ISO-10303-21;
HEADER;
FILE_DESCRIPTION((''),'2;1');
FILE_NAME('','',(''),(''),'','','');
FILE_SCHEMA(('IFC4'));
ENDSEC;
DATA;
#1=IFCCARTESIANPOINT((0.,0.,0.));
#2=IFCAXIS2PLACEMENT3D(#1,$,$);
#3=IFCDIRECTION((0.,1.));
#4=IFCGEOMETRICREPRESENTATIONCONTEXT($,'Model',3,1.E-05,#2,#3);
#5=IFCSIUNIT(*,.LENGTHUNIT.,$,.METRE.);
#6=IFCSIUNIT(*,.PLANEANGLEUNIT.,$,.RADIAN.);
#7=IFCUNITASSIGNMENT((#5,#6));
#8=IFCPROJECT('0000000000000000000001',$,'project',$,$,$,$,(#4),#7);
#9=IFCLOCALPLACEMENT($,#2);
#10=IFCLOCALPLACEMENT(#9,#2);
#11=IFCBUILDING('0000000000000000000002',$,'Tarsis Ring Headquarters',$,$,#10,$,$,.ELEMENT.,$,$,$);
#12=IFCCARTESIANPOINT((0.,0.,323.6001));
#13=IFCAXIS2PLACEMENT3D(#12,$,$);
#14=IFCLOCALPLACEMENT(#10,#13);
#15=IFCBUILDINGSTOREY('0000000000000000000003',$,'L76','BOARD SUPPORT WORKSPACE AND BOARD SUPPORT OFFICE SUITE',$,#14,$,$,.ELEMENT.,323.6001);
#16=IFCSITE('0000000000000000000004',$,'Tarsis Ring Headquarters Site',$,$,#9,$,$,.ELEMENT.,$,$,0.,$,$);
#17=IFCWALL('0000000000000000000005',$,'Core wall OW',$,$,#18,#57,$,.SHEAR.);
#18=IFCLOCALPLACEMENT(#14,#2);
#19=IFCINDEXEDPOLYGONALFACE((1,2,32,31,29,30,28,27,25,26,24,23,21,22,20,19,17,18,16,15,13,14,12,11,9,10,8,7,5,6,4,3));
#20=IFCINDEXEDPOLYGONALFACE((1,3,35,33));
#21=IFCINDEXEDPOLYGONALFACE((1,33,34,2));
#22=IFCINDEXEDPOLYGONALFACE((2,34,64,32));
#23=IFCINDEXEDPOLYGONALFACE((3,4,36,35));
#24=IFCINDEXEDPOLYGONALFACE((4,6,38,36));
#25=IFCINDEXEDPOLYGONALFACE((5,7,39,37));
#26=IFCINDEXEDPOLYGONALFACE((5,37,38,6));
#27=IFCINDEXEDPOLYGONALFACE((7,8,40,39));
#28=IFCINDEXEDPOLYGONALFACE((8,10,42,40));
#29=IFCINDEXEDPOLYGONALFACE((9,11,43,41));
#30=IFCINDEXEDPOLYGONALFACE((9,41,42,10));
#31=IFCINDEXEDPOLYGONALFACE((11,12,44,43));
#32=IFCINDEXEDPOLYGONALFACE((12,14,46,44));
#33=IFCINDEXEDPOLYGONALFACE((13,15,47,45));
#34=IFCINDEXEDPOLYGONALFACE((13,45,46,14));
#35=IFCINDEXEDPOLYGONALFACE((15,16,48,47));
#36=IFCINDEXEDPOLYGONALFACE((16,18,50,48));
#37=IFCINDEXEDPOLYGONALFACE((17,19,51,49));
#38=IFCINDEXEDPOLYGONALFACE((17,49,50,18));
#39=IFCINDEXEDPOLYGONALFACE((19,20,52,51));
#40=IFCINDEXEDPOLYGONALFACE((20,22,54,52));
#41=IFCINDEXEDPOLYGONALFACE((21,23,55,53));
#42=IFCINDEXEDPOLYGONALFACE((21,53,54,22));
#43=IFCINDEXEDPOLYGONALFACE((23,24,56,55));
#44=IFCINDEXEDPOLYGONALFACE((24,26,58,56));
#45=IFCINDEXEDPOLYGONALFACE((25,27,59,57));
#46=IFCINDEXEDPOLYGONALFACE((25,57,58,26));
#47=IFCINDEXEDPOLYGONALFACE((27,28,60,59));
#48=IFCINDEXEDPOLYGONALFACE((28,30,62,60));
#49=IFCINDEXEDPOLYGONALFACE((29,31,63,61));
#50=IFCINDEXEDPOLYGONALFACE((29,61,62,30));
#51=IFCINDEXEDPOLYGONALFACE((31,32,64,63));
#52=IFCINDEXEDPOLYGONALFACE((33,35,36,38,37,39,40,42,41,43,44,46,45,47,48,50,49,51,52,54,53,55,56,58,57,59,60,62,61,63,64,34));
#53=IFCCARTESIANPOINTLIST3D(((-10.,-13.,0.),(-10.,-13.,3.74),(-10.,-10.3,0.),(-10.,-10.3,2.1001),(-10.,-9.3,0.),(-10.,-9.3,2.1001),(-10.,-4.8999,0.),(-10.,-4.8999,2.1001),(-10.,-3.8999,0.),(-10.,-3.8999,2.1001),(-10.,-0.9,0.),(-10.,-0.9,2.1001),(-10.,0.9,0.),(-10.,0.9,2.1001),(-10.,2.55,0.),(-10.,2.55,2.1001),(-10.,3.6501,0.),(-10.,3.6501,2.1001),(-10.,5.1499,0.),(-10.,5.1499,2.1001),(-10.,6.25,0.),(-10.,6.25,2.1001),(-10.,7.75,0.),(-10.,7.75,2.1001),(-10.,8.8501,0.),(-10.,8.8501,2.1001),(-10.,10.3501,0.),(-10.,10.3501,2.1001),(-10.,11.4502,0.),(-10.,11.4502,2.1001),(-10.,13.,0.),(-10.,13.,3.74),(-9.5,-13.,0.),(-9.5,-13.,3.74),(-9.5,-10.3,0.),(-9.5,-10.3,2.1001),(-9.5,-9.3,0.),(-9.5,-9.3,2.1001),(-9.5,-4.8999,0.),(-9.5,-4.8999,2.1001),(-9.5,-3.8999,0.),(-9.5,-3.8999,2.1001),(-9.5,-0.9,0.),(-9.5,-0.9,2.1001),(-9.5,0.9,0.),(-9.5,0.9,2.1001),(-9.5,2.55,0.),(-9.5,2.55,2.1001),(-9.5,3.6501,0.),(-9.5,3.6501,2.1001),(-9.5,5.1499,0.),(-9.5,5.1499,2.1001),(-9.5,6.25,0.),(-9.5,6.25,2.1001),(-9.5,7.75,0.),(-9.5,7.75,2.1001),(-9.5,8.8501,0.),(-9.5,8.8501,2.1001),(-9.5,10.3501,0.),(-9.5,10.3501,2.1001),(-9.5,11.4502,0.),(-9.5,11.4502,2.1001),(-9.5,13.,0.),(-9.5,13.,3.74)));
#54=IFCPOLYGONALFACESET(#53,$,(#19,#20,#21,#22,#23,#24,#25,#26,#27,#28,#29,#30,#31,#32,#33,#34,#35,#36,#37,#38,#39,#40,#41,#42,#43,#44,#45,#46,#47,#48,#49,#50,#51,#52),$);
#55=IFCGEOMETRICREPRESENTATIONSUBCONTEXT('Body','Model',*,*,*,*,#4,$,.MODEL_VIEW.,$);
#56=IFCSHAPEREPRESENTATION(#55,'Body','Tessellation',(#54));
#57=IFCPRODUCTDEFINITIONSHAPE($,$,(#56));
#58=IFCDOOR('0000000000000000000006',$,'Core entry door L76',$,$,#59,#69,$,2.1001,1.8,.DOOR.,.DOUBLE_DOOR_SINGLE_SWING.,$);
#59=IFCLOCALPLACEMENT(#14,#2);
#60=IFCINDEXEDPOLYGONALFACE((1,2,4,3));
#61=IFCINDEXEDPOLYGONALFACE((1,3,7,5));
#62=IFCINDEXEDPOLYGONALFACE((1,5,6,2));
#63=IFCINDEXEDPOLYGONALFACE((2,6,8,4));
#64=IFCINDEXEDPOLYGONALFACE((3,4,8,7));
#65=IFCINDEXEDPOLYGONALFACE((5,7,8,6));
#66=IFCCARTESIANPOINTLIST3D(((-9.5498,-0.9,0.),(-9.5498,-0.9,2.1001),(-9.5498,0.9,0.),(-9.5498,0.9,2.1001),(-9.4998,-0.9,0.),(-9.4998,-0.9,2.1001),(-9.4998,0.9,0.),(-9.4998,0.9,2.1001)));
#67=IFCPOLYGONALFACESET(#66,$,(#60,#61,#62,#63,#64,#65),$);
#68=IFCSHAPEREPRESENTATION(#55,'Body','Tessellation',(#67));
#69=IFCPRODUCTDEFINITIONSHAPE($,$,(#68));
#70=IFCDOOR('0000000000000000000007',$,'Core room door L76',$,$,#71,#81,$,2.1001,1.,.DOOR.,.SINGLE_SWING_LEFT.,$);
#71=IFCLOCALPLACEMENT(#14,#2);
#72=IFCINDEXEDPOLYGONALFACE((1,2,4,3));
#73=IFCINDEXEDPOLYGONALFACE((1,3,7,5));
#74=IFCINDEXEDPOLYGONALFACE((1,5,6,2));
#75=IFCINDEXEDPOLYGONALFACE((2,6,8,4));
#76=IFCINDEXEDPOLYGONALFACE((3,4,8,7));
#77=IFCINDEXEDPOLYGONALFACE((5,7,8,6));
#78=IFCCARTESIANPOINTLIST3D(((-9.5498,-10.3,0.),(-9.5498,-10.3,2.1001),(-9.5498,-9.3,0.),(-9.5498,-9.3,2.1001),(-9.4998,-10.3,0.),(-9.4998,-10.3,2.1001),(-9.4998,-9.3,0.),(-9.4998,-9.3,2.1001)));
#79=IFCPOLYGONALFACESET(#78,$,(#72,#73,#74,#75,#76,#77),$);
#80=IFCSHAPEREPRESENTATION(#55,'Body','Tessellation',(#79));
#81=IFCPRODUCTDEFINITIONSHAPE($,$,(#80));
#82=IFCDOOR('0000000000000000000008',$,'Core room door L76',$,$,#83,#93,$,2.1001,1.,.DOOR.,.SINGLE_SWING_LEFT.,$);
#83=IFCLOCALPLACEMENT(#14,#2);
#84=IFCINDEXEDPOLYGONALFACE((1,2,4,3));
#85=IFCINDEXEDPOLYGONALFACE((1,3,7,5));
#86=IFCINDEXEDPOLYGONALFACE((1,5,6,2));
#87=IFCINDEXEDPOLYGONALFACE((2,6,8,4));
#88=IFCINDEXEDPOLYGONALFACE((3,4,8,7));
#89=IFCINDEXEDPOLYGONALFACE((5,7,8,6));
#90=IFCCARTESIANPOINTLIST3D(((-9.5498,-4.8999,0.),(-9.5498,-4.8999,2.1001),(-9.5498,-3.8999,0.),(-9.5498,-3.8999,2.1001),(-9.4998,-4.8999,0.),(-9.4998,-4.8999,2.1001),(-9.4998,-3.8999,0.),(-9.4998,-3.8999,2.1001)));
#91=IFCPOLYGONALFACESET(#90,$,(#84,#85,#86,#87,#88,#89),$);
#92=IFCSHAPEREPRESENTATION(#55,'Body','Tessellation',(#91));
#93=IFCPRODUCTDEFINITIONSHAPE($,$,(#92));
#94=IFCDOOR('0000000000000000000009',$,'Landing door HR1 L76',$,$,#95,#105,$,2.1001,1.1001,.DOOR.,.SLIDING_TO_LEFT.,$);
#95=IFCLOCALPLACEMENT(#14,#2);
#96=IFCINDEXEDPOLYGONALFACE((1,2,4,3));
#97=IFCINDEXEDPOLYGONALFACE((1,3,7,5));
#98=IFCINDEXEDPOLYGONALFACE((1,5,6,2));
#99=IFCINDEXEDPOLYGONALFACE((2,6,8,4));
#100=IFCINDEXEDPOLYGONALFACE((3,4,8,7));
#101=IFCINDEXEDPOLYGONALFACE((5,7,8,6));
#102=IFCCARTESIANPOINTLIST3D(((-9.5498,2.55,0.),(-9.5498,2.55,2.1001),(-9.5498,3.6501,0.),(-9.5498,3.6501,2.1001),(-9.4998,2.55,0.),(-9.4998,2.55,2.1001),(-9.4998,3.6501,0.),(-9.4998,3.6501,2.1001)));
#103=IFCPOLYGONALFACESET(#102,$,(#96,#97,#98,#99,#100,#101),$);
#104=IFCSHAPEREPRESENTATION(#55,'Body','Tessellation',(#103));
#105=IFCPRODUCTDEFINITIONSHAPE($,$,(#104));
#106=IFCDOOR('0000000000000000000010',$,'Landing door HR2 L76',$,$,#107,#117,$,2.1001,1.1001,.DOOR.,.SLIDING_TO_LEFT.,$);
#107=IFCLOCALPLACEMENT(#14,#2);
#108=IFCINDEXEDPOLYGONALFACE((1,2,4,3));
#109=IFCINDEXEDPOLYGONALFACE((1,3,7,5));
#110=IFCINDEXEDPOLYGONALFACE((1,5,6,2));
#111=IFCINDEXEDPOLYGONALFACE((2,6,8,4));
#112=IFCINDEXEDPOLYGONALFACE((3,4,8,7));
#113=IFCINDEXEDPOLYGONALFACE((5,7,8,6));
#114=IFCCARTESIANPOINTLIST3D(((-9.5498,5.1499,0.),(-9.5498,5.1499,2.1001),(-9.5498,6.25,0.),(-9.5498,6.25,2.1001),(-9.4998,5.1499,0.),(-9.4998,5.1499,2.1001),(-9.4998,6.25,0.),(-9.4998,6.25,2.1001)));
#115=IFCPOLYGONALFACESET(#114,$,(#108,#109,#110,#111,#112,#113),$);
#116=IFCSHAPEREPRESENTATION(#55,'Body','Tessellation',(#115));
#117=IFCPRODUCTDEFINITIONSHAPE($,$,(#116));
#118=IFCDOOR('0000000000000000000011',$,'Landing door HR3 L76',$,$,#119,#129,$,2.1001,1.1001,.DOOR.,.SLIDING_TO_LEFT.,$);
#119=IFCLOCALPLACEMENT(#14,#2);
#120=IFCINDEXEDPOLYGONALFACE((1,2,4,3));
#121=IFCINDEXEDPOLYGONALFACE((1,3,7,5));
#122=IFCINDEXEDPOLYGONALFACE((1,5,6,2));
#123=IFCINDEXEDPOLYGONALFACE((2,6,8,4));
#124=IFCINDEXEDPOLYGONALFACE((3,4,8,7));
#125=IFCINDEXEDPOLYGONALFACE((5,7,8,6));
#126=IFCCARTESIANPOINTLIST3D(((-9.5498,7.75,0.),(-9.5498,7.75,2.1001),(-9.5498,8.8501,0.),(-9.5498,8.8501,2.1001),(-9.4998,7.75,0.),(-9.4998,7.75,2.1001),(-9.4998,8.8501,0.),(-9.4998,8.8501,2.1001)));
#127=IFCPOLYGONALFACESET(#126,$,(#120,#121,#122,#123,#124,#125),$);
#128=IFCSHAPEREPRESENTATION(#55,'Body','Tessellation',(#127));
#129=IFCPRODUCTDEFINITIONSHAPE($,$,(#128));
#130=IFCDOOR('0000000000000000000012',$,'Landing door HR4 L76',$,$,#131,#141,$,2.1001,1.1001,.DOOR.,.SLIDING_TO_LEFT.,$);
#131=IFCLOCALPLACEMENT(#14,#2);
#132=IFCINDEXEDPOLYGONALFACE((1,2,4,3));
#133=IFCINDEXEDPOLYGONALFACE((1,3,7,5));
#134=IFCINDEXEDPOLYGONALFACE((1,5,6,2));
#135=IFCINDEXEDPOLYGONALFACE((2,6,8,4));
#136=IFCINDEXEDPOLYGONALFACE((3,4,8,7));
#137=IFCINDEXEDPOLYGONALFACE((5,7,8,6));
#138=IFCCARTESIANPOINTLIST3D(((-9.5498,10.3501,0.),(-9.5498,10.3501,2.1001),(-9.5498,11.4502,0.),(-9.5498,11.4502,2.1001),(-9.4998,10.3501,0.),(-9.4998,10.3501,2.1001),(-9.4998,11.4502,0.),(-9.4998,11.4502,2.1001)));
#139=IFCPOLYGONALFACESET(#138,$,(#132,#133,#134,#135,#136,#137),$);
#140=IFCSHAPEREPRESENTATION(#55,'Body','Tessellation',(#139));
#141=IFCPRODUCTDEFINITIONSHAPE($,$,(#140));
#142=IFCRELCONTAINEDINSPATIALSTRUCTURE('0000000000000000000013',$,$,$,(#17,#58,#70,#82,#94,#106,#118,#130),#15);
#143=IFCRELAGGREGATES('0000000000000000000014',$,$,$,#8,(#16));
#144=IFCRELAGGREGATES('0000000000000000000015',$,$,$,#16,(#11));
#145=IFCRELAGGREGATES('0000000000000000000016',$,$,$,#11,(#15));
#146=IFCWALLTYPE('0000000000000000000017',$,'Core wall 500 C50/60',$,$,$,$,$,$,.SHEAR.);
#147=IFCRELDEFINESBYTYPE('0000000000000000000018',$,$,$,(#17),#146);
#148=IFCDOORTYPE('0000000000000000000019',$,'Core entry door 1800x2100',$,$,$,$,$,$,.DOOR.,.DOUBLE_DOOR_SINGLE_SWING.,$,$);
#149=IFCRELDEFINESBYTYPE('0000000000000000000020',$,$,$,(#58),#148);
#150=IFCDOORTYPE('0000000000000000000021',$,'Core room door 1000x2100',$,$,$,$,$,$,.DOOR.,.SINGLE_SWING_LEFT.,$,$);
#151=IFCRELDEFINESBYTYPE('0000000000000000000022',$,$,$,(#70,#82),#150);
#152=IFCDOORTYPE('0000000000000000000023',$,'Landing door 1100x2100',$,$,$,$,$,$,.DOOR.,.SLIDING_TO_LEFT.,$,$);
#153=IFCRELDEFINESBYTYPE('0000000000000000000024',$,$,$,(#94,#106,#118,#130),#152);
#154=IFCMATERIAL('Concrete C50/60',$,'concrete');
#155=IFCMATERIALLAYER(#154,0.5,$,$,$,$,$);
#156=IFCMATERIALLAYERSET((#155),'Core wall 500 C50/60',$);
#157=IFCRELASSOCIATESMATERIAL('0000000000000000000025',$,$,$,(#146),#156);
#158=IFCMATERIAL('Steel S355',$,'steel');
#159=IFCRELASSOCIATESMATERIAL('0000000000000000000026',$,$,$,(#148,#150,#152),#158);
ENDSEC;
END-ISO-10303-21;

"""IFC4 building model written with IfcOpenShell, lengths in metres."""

from ifc_helpers import new_model, si_unit, direction, frame, frame_2d, origin, place, context, subcontext, project, spatial, rectangle, extrude, material, layer, layer_set, type_object, element, fill, save


model = new_model("IFC4")

# Units and contexts
model_context = context("Model", 3, precision=1e-05, world=origin(), true_north=direction((0.0, 1.0)))
body_context = subcontext(model_context, "Body", "Model", "MODEL_VIEW")
ifc_project = project(units=[si_unit("LENGTHUNIT", "METRE"), si_unit("PLANEANGLEUNIT", "RADIAN")], contexts=[model_context])

# Site, building, storey
site_placement = place(None, origin())
site = spatial("IfcSite", under=ifc_project, at=site_placement, Name="Tarsis Ring Headquarters Site", CompositionType="ELEMENT", RefElevation=0.0)
building_placement = place(site_placement, origin())
building = spatial("IfcBuilding", under=site, at=building_placement, Name="Tarsis Ring Headquarters", CompositionType="ELEMENT")
storey_placement = place(building_placement, frame((0.0, 0.0, 323.6001)))
storey = spatial("IfcBuildingStorey", under=building, at=storey_placement, Name="L76", Description="BOARD SUPPORT WORKSPACE AND BOARD SUPPORT OFFICE SUITE", CompositionType="ELEMENT", Elevation=323.6001)

# Wall, openings, doors
ifc_material_1 = material(Name="Concrete C50/60", Category="concrete")
ifc_layer = layer(ifc_material_1, 0.5)
ifc_layer_set = layer_set([ifc_layer], Name="Core wall 500 C50/60")
wall_type = type_object("IfcWallType", Name="Core wall 500 C50/60", PredefinedType="SHEAR", material=ifc_layer_set)
wall_1_placement = place(storey_placement, frame((-9.75, -13.0, 0.0), z_axis=(0.0, 0.0, 1.0), x_axis=(0.0, 1.0, 0.0)))
wall_1 = element("IfcWall", 1, at=wall_1_placement, inside=storey, type_object=wall_type, Name="Core wall OW", PredefinedType="SHEAR", context=body_context, shape_type="SweptSolid", body=[
    extrude(rectangle(XDim=26.0, YDim=0.5, at=frame_2d((13.0, 0.0))), origin(), (0.0, 0.0, 1.0), 3.74),
])
opening_1_placement = place(wall_1_placement, frame((2.7, 0.0, 0.0)))
opening_1 = element("IfcOpeningElement", 2, at=opening_1_placement, cuts=wall_1, PredefinedType="OPENING", context=body_context, shape_type="SweptSolid", body=[
    extrude(rectangle(XDim=1.0, YDim=2.1001, at=frame_2d((0.5, 1.05))), frame((0.0, 0.26, 0.0), z_axis=(0.0, -1.0, 0.0), x_axis=(1.0, 0.0, 0.0)), (0.0, 0.0, 1.0), 0.52),
])
opening_2_placement = place(wall_1_placement, frame((8.1001, 0.0, 0.0)))
opening_2 = element("IfcOpeningElement", 3, at=opening_2_placement, cuts=wall_1, PredefinedType="OPENING", context=body_context, shape_type="SweptSolid", body=[
    extrude(rectangle(XDim=1.0, YDim=2.1001, at=frame_2d((0.5, 1.05))), frame((0.0, 0.26, 0.0), z_axis=(0.0, -1.0, 0.0), x_axis=(1.0, 0.0, 0.0)), (0.0, 0.0, 1.0), 0.52),
])
opening_3_placement = place(wall_1_placement, frame((12.1001, 0.0, 0.0)))
opening_3 = element("IfcOpeningElement", 4, at=opening_3_placement, cuts=wall_1, PredefinedType="OPENING", context=body_context, shape_type="SweptSolid", body=[
    extrude(rectangle(XDim=1.8, YDim=2.1001, at=frame_2d((0.8999, 1.05))), frame((0.0, 0.26, 0.0), z_axis=(0.0, -1.0, 0.0), x_axis=(1.0, 0.0, 0.0)), (0.0, 0.0, 1.0), 0.52),
])
opening_4_placement = place(wall_1_placement, frame((15.55, 0.0, 0.0)))
opening_4 = element("IfcOpeningElement", 5, at=opening_4_placement, cuts=wall_1, PredefinedType="OPENING", context=body_context, shape_type="SweptSolid", body=[
    extrude(rectangle(XDim=1.1001, YDim=2.1001, at=frame_2d((0.55, 1.05))), frame((0.0, 0.26, 0.0), z_axis=(0.0, -1.0, 0.0), x_axis=(1.0, 0.0, 0.0)), (0.0, 0.0, 1.0), 0.52),
])
opening_5_placement = place(wall_1_placement, frame((18.1499, 0.0, 0.0)))
opening_5 = element("IfcOpeningElement", 6, at=opening_5_placement, cuts=wall_1, PredefinedType="OPENING", context=body_context, shape_type="SweptSolid", body=[
    extrude(rectangle(XDim=1.1001, YDim=2.1001, at=frame_2d((0.55, 1.05))), frame((0.0, 0.26, 0.0), z_axis=(0.0, -1.0, 0.0), x_axis=(1.0, 0.0, 0.0)), (0.0, 0.0, 1.0), 0.52),
])
opening_6_placement = place(wall_1_placement, frame((20.75, 0.0, 0.0)))
opening_6 = element("IfcOpeningElement", 7, at=opening_6_placement, cuts=wall_1, PredefinedType="OPENING", context=body_context, shape_type="SweptSolid", body=[
    extrude(rectangle(XDim=1.1001, YDim=2.1001, at=frame_2d((0.55, 1.05))), frame((0.0, 0.26, 0.0), z_axis=(0.0, -1.0, 0.0), x_axis=(1.0, 0.0, 0.0)), (0.0, 0.0, 1.0), 0.52),
])
opening_7_placement = place(wall_1_placement, frame((23.3501, 0.0, 0.0)))
opening_7 = element("IfcOpeningElement", 8, at=opening_7_placement, cuts=wall_1, PredefinedType="OPENING", context=body_context, shape_type="SweptSolid", body=[
    extrude(rectangle(XDim=1.1001, YDim=2.1001, at=frame_2d((0.55, 1.05))), frame((0.0, 0.26, 0.0), z_axis=(0.0, -1.0, 0.0), x_axis=(1.0, 0.0, 0.0)), (0.0, 0.0, 1.0), 0.52),
])
ifc_material_2 = material(Name="Steel S355", Category="steel")
door_type_1 = type_object("IfcDoorType", Name="Core entry door 1800x2100", OperationType="DOUBLE_DOOR_SINGLE_SWING", PredefinedType="DOOR", material=ifc_material_2)
door_1_placement = place(opening_3_placement, origin())
door_1 = element("IfcDoor", 9, at=door_1_placement, inside=storey, type_object=door_type_1, Name="Core entry door L76", OperationType="DOUBLE_DOOR_SINGLE_SWING", OverallHeight=2.1001, OverallWidth=1.8, PredefinedType="DOOR", context=body_context, shape_type="SweptSolid", body=[
    extrude(rectangle(XDim=1.8, YDim=2.1001, at=frame_2d((0.8999, 1.05))), frame((0.0, -0.2002, 0.0), z_axis=(0.0, -1.0, 0.0), x_axis=(1.0, 0.0, 0.0)), (0.0, 0.0, 1.0), 0.05),
])
fill(opening_3, door_1)
door_type_2 = type_object("IfcDoorType", Name="Core room door 1000x2100", OperationType="SINGLE_SWING_LEFT", PredefinedType="DOOR", material=ifc_material_2)
door_2_placement = place(opening_1_placement, origin())
door_2 = element("IfcDoor", 10, at=door_2_placement, inside=storey, type_object=door_type_2, Name="Core room door L76", OperationType="SINGLE_SWING_LEFT", OverallHeight=2.1001, OverallWidth=1.0, PredefinedType="DOOR", context=body_context, shape_type="SweptSolid", body=[
    extrude(rectangle(XDim=1.0, YDim=2.1001, at=frame_2d((0.5, 1.05))), frame((0.0, -0.2002, 0.0), z_axis=(0.0, -1.0, 0.0), x_axis=(1.0, 0.0, 0.0)), (0.0, 0.0, 1.0), 0.05),
])
fill(opening_1, door_2)
door_3_placement = place(opening_2_placement, origin())
door_3 = element("IfcDoor", 11, at=door_3_placement, inside=storey, type_object=door_type_2, Name="Core room door L76", OperationType="SINGLE_SWING_LEFT", OverallHeight=2.1001, OverallWidth=1.0, PredefinedType="DOOR", context=body_context, shape_type="SweptSolid", body=[
    extrude(rectangle(XDim=1.0, YDim=2.1001, at=frame_2d((0.5, 1.05))), frame((0.0, -0.2002, 0.0), z_axis=(0.0, -1.0, 0.0), x_axis=(1.0, 0.0, 0.0)), (0.0, 0.0, 1.0), 0.05),
])
fill(opening_2, door_3)
door_type_3 = type_object("IfcDoorType", Name="Landing door 1100x2100", OperationType="SLIDING_TO_LEFT", PredefinedType="DOOR", material=ifc_material_2)
door_4_placement = place(opening_4_placement, origin())
door_4 = element("IfcDoor", 12, at=door_4_placement, inside=storey, type_object=door_type_3, Name="Landing door HR1 L76", OperationType="SLIDING_TO_LEFT", OverallHeight=2.1001, OverallWidth=1.1001, PredefinedType="DOOR", context=body_context, shape_type="SweptSolid", body=[
    extrude(rectangle(XDim=1.1001, YDim=2.1001, at=frame_2d((0.55, 1.05))), frame((0.0, -0.2002, 0.0), z_axis=(0.0, -1.0, 0.0), x_axis=(1.0, 0.0, 0.0)), (0.0, 0.0, 1.0), 0.05),
])
fill(opening_4, door_4)
door_5_placement = place(opening_5_placement, origin())
door_5 = element("IfcDoor", 13, at=door_5_placement, inside=storey, type_object=door_type_3, Name="Landing door HR2 L76", OperationType="SLIDING_TO_LEFT", OverallHeight=2.1001, OverallWidth=1.1001, PredefinedType="DOOR", context=body_context, shape_type="SweptSolid", body=[
    extrude(rectangle(XDim=1.1001, YDim=2.1001, at=frame_2d((0.55, 1.05))), frame((0.0, -0.2002, 0.0), z_axis=(0.0, -1.0, 0.0), x_axis=(1.0, 0.0, 0.0)), (0.0, 0.0, 1.0), 0.05),
])
fill(opening_5, door_5)
door_6_placement = place(opening_6_placement, origin())
door_6 = element("IfcDoor", 14, at=door_6_placement, inside=storey, type_object=door_type_3, Name="Landing door HR3 L76", OperationType="SLIDING_TO_LEFT", OverallHeight=2.1001, OverallWidth=1.1001, PredefinedType="DOOR", context=body_context, shape_type="SweptSolid", body=[
    extrude(rectangle(XDim=1.1001, YDim=2.1001, at=frame_2d((0.55, 1.05))), frame((0.0, -0.2002, 0.0), z_axis=(0.0, -1.0, 0.0), x_axis=(1.0, 0.0, 0.0)), (0.0, 0.0, 1.0), 0.05),
])
fill(opening_6, door_6)
door_7_placement = place(opening_7_placement, origin())
door_7 = element("IfcDoor", 15, at=door_7_placement, inside=storey, type_object=door_type_3, Name="Landing door HR4 L76", OperationType="SLIDING_TO_LEFT", OverallHeight=2.1001, OverallWidth=1.1001, PredefinedType="DOOR", context=body_context, shape_type="SweptSolid", body=[
    extrude(rectangle(XDim=1.1001, YDim=2.1001, at=frame_2d((0.55, 1.05))), frame((0.0, -0.2002, 0.0), z_axis=(0.0, -1.0, 0.0), x_axis=(1.0, 0.0, 0.0)), (0.0, 0.0, 1.0), 0.05),
])
fill(opening_7, door_7)

save(model, "model.ifc")
